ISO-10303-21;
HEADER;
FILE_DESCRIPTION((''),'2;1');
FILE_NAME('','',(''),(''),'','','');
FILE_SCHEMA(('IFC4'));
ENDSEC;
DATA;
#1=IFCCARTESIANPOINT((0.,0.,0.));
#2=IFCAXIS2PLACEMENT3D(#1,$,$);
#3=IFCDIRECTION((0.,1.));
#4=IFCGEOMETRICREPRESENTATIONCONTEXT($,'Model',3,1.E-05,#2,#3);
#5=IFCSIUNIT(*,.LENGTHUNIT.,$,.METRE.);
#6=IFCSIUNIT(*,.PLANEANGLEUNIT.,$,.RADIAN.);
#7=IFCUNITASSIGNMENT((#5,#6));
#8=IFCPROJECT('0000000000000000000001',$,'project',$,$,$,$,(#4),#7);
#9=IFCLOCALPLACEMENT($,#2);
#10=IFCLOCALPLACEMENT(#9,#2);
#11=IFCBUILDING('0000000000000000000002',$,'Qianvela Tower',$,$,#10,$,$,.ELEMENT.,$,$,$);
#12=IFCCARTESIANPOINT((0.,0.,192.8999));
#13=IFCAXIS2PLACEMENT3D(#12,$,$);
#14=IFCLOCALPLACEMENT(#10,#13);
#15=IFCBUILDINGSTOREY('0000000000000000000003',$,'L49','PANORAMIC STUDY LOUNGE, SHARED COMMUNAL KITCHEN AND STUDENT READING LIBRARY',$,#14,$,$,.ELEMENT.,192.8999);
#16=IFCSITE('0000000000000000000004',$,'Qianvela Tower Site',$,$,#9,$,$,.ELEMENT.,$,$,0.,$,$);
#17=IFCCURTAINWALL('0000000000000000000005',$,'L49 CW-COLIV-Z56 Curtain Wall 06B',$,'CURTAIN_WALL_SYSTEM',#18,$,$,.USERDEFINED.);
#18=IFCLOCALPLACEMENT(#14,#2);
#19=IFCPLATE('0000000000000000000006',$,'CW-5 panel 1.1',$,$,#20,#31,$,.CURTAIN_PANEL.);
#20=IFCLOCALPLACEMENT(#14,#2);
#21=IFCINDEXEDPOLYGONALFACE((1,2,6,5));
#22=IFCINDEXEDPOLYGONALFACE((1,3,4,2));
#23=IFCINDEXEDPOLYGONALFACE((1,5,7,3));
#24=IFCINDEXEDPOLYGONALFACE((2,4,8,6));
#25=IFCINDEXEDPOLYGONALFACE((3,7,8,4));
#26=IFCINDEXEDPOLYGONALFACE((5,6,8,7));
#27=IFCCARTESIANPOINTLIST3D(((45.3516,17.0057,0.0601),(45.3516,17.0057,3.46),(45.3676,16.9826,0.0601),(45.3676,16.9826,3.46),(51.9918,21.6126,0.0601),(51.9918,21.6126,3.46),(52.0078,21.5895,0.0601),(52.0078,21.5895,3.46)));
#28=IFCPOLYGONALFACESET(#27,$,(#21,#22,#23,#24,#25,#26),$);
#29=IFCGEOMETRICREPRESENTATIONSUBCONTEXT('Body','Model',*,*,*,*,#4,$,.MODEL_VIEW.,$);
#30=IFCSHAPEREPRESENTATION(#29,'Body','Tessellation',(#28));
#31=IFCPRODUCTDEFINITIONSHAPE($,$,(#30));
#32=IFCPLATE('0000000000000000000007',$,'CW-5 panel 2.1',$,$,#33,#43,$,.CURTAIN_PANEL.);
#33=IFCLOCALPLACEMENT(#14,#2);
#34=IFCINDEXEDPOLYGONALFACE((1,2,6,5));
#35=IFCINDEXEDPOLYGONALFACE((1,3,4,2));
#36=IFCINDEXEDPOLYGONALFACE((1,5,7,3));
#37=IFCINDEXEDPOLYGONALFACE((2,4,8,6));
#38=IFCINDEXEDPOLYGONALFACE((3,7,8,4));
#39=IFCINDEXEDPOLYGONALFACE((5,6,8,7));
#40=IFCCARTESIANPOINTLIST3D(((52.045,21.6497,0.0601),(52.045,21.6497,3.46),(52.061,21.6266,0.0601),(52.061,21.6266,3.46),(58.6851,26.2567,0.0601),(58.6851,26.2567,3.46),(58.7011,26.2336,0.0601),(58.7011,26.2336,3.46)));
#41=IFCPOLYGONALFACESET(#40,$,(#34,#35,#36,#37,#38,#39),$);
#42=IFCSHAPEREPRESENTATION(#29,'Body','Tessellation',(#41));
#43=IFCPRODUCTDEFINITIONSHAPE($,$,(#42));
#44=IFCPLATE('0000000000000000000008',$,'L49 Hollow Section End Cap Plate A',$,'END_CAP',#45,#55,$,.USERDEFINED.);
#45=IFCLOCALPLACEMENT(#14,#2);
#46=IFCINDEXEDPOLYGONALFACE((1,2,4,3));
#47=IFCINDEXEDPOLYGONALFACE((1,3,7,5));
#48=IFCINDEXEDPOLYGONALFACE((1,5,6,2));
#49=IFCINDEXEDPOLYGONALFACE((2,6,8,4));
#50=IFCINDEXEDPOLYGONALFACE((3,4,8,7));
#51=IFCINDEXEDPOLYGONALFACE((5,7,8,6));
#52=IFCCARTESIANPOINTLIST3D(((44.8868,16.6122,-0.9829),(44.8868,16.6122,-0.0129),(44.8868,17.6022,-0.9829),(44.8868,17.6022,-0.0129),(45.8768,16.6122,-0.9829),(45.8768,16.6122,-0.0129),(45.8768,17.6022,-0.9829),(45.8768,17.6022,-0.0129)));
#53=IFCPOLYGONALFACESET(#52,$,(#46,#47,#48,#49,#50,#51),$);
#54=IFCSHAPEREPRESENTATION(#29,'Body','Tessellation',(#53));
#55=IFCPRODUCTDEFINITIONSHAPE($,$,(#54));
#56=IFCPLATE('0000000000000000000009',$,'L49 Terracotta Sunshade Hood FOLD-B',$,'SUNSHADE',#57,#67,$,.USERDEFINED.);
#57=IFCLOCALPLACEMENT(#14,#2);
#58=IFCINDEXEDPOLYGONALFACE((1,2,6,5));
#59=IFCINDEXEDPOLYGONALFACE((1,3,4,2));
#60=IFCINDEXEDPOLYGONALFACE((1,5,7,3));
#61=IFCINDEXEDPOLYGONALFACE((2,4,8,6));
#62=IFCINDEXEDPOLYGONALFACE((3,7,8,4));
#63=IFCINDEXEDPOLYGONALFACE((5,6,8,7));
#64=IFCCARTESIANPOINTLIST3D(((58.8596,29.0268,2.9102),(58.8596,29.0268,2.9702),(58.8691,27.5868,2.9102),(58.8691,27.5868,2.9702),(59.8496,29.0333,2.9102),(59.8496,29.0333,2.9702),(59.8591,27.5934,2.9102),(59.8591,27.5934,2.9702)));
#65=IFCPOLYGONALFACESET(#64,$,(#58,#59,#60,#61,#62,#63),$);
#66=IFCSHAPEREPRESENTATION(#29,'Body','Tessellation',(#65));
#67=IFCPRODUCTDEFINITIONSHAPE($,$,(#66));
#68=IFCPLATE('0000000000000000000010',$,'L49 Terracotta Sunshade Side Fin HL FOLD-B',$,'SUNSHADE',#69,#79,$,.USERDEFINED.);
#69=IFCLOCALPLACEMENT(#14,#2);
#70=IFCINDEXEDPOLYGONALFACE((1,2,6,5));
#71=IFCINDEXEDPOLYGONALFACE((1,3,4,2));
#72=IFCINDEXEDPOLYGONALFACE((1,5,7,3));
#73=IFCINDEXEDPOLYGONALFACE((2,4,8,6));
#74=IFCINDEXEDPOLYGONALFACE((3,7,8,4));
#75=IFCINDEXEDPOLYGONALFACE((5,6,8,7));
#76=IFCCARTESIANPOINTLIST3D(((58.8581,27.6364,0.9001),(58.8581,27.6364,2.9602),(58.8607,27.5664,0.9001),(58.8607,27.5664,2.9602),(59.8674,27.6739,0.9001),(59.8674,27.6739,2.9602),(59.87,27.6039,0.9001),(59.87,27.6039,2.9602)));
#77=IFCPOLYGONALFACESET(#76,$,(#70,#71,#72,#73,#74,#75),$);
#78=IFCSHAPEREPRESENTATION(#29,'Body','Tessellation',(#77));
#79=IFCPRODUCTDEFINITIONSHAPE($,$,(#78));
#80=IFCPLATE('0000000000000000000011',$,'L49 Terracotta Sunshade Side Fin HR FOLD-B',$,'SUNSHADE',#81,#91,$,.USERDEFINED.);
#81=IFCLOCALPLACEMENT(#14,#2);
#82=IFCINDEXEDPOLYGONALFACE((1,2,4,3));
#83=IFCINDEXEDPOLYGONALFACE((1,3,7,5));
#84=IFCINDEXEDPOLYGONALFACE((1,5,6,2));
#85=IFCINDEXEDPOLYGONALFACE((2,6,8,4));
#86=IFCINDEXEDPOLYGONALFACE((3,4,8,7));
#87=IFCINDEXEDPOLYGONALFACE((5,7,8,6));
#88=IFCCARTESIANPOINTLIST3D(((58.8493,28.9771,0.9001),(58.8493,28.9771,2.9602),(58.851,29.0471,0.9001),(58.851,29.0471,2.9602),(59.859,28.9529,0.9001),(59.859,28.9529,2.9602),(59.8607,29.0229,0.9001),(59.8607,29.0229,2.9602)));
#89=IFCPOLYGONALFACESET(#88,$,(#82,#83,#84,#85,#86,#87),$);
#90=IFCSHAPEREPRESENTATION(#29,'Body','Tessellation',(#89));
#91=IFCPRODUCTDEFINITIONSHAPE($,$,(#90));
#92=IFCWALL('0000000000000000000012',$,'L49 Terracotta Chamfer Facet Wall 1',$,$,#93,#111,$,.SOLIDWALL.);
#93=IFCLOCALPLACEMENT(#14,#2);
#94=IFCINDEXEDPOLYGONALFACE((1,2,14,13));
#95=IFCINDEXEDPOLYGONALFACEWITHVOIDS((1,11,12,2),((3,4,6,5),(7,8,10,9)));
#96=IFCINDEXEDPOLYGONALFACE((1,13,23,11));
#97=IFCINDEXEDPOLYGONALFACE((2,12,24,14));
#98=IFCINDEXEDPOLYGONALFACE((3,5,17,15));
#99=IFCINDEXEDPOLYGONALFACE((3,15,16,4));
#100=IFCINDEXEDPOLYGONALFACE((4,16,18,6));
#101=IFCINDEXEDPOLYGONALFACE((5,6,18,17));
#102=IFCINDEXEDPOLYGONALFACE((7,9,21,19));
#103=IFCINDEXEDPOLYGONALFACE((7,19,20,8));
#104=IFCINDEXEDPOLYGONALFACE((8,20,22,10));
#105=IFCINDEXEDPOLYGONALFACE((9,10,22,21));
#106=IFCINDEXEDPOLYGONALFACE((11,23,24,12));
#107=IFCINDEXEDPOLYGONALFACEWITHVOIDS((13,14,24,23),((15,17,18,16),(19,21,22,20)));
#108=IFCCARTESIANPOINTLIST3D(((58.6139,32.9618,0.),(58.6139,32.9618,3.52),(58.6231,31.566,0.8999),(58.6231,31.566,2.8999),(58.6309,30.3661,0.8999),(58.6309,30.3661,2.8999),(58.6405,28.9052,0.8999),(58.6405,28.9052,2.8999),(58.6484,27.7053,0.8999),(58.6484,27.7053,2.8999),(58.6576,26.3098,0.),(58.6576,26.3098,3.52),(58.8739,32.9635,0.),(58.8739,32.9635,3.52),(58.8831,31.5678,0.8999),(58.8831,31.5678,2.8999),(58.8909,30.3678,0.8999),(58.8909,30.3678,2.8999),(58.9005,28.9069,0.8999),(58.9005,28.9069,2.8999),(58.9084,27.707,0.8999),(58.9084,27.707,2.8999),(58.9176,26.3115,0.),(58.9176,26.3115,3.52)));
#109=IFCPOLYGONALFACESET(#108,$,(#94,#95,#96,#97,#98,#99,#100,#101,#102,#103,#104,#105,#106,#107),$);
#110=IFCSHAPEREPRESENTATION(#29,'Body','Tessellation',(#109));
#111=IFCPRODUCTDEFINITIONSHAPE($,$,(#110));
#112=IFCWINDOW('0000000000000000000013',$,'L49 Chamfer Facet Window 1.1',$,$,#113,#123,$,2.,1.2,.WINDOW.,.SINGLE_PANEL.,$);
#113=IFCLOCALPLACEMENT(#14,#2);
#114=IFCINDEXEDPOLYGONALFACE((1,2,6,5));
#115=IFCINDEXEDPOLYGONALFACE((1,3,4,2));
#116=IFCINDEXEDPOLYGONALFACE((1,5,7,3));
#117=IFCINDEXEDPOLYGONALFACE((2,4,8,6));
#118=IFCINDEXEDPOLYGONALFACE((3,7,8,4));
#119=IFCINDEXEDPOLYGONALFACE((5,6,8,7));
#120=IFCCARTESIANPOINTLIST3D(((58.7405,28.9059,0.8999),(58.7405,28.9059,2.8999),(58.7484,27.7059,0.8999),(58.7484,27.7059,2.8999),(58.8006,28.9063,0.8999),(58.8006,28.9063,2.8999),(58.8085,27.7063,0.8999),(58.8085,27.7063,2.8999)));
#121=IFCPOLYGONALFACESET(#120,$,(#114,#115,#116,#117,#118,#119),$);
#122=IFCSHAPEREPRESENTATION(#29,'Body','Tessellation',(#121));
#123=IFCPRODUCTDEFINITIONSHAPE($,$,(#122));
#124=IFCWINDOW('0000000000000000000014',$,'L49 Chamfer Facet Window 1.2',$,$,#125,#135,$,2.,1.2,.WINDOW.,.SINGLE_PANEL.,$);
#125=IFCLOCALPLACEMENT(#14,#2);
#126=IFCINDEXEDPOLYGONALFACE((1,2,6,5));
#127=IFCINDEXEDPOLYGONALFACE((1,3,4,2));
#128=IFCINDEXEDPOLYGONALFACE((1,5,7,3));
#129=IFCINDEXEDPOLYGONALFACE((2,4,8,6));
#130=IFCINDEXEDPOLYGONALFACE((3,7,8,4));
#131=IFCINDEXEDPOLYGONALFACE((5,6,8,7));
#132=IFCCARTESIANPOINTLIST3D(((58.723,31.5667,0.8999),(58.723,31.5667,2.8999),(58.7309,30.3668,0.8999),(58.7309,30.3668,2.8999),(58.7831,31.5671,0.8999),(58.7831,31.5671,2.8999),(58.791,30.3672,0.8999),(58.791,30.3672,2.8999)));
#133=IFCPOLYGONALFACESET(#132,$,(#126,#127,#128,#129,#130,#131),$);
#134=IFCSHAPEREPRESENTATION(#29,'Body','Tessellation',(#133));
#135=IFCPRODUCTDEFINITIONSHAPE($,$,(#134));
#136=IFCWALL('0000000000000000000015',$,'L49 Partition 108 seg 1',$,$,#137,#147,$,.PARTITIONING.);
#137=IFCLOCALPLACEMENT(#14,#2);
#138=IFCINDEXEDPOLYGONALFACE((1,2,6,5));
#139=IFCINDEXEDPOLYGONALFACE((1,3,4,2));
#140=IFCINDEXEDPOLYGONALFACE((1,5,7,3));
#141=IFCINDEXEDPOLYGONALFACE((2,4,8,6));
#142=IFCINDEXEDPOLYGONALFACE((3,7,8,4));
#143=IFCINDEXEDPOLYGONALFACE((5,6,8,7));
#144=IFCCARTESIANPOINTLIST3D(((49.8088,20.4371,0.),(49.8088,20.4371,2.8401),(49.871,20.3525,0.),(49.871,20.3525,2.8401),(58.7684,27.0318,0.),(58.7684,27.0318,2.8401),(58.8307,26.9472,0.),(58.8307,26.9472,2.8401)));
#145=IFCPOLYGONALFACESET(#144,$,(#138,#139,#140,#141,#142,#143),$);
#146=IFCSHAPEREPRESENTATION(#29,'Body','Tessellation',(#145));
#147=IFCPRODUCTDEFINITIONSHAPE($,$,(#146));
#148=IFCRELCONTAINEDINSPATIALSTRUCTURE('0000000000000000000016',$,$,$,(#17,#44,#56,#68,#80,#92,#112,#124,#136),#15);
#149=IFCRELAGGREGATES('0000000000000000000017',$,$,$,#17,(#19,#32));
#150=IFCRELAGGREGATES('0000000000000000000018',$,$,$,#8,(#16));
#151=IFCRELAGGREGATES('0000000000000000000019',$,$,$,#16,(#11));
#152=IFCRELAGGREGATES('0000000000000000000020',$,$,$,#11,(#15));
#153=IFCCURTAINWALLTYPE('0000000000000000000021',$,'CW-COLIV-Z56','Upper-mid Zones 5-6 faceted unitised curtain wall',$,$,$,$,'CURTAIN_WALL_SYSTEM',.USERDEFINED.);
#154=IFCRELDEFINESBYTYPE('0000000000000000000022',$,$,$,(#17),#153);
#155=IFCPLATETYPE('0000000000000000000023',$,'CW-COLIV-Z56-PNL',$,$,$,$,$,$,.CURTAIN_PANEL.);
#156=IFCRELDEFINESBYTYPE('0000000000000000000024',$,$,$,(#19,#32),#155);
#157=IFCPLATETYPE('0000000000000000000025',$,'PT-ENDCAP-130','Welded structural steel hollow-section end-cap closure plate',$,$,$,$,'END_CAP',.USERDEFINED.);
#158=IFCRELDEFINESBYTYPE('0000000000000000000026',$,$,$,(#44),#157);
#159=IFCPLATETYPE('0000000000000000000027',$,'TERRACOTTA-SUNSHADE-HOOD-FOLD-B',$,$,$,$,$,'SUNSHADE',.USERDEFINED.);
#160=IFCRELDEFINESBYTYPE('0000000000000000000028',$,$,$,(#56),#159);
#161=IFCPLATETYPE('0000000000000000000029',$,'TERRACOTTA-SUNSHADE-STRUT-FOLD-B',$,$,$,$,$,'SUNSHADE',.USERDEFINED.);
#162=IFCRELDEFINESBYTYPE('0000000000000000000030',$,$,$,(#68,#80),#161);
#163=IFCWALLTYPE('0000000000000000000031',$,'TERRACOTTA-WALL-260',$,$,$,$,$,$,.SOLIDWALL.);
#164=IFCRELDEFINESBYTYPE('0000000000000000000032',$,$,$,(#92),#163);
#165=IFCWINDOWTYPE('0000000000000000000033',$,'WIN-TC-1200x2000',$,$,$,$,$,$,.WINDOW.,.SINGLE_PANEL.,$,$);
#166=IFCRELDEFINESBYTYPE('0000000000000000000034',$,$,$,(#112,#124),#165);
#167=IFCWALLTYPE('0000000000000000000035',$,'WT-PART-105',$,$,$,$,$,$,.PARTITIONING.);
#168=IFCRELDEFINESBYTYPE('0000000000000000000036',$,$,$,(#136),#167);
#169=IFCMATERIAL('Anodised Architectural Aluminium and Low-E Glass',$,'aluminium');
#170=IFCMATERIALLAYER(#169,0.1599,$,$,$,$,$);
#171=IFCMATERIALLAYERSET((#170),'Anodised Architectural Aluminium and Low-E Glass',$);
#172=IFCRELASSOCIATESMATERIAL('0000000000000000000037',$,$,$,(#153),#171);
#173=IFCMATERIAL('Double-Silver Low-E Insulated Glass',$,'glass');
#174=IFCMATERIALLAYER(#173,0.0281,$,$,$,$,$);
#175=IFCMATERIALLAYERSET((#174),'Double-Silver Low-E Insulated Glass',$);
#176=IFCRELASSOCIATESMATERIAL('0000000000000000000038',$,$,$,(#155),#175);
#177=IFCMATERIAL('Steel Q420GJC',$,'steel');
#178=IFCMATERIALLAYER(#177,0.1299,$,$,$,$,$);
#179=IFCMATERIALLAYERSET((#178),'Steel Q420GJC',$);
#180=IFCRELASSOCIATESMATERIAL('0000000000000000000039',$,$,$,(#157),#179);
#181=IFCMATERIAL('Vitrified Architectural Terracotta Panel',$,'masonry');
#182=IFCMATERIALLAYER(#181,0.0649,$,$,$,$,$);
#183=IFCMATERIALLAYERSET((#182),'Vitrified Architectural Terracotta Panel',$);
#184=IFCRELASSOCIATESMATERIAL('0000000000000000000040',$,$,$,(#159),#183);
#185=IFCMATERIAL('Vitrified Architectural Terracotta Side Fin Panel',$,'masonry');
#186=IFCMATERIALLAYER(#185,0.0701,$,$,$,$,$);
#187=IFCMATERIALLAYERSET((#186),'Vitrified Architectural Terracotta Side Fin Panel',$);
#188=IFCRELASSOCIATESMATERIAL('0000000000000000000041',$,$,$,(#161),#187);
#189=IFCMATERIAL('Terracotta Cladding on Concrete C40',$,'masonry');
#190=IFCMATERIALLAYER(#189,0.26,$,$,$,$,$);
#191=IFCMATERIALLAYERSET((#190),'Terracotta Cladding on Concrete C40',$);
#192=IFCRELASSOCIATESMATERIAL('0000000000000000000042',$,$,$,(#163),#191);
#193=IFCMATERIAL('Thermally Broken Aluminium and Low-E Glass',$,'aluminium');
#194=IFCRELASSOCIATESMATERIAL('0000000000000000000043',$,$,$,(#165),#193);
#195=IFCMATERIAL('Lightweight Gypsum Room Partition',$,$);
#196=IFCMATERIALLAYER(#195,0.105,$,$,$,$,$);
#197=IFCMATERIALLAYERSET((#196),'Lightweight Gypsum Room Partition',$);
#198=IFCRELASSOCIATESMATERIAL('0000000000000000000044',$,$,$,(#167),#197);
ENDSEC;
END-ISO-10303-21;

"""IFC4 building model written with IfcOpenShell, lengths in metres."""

from ifc_helpers import new_model, si_unit, direction, frame, frame_2d, origin, origin_2d, place, context, subcontext, project, spatial, rectangle, extrude, material, layer, layer_set, type_object, element, fill, aggregate, save


model = new_model("IFC4")

# Units and contexts
model_context = context("Model", 3, precision=1e-05, world=origin(), true_north=direction((0.0, 1.0)))
body_context = subcontext(model_context, "Body", "Model", "MODEL_VIEW")
ifc_project = project(units=[si_unit("LENGTHUNIT", "METRE"), si_unit("PLANEANGLEUNIT", "RADIAN")], contexts=[model_context])

# Site, building, storey
site_placement = place(None, origin())
site = spatial("IfcSite", under=ifc_project, at=site_placement, Name="Qianvela Tower Site", CompositionType="ELEMENT", RefElevation=0.0)
building_placement = place(site_placement, origin())
building = spatial("IfcBuilding", under=site, at=building_placement, Name="Qianvela Tower", CompositionType="ELEMENT")
storey_placement = place(building_placement, frame((0.0, 0.0, 192.8999)))
storey = spatial("IfcBuildingStorey", under=building, at=storey_placement, Name="L49", Description="PANORAMIC STUDY LOUNGE, SHARED COMMUNAL KITCHEN AND STUDENT READING LIBRARY", CompositionType="ELEMENT", Elevation=192.8999)

# Curtain wall
ifc_material_1 = material(Name="Anodised Architectural Aluminium and Low-E Glass", Category="aluminium")
ifc_layer_1 = layer(ifc_material_1, 0.1599)
ifc_layer_set_1 = layer_set([ifc_layer_1], Name="Anodised Architectural Aluminium and Low-E Glass")
curtain_wall_type_1 = type_object("IfcCurtainWallType", Name="CW-COLIV-Z56", Description="Upper-mid Zones 5-6 faceted unitised curtain wall", ElementType="CURTAIN_WALL_SYSTEM", PredefinedType="USERDEFINED", material=ifc_layer_set_1)
curtain_wall_1_placement = place(storey_placement, origin())
curtain_wall_1 = element("IfcCurtainWall", 1, at=curtain_wall_1_placement, inside=storey, type_object=curtain_wall_type_1, Name="L49 CW-COLIV-Z56 Curtain Wall 06B", ObjectType="CURTAIN_WALL_SYSTEM", PredefinedType="USERDEFINED")

# Plates
ifc_material_2 = material(Name="Double-Silver Low-E Insulated Glass", Category="glass")
ifc_layer_2 = layer(ifc_material_2, 0.0281)
ifc_layer_set_2 = layer_set([ifc_layer_2], Name="Double-Silver Low-E Insulated Glass")
plate_type_1 = type_object("IfcPlateType", Name="CW-COLIV-Z56-PNL", PredefinedType="CURTAIN_PANEL", material=ifc_layer_set_2)
plate_1_placement = place(storey_placement, frame((48.6797, 19.2976, 0.0601), z_axis=(0.0, 0.0, 1.0), x_axis=(0.821617, 0.570039, 0.0)))
plate_1 = element("IfcPlate", 2, at=plate_1_placement, type_object=plate_type_1, Name="CW-5 panel 1.1", PredefinedType="CURTAIN_PANEL", context=body_context, shape_type="SweptSolid", body=[
    extrude(rectangle(XDim=8.0818, YDim=0.0281, at=origin_2d()), origin(), (0.0, 0.0, 1.0), 3.3999),
])
plate_2_placement = place(storey_placement, frame((55.373, 23.9417, 0.0601), z_axis=(0.0, 0.0, 1.0), x_axis=(0.821617, 0.570039, 0.0)))
plate_2 = element("IfcPlate", 3, at=plate_2_placement, type_object=plate_type_1, Name="CW-5 panel 2.1", PredefinedType="CURTAIN_PANEL", context=body_context, shape_type="SweptSolid", body=[
    extrude(rectangle(XDim=8.0818, YDim=0.0281, at=origin_2d()), origin(), (0.0, 0.0, 1.0), 3.3999),
])
aggregate(curtain_wall_1, [plate_1, plate_2])

# Plates
ifc_material_3 = material(Name="Steel Q420GJC", Category="steel")
ifc_layer_3 = layer(ifc_material_3, 0.1299)
ifc_layer_set_3 = layer_set([ifc_layer_3], Name="Steel Q420GJC")
plate_type_2 = type_object("IfcPlateType", Name="PT-ENDCAP-130", Description="Welded structural steel hollow-section end-cap closure plate", ElementType="END_CAP", PredefinedType="USERDEFINED", material=ifc_layer_set_3)
plate_3_placement = place(storey_placement, frame((45.3818, 17.1072, -0.9829), z_axis=(0.0, 0.0, 1.0), x_axis=(1.0, 0.0, 0.0)))
element("IfcPlate", 4, at=plate_3_placement, inside=storey, type_object=plate_type_2, Name="L49 Hollow Section End Cap Plate A", ObjectType="END_CAP", PredefinedType="USERDEFINED", context=body_context, shape_type="SweptSolid", body=[
    extrude(rectangle(XDim=0.99, YDim=0.99, at=origin_2d()), origin(), (0.0, 0.0, 1.0), 0.97),
])
ifc_material_4 = material(Name="Vitrified Architectural Terracotta Panel", Category="masonry")
ifc_layer_4 = layer(ifc_material_4, 0.0649)
ifc_layer_set_4 = layer_set([ifc_layer_4], Name="Vitrified Architectural Terracotta Panel")
plate_type_3 = type_object("IfcPlateType", Name="TERRACOTTA-SUNSHADE-HOOD-FOLD-B", ElementType="SUNSHADE", PredefinedType="USERDEFINED", material=ifc_layer_set_4)
plate_4_placement = place(storey_placement, frame((59.3594, 28.3101, 2.9102), z_axis=(0.0, 0.0, 1.0), x_axis=(-0.006585, 0.999978, 0.0)))
element("IfcPlate", 5, at=plate_4_placement, inside=storey, type_object=plate_type_3, Name="L49 Terracotta Sunshade Hood FOLD-B", ObjectType="SUNSHADE", PredefinedType="USERDEFINED", context=body_context, shape_type="SweptSolid", body=[
    extrude(rectangle(XDim=1.4399, YDim=0.99, at=origin_2d()), origin(), (0.0, 0.0, 1.0), 0.0601),
])
ifc_material_5 = material(Name="Vitrified Architectural Terracotta Side Fin Panel", Category="masonry")
ifc_layer_5 = layer(ifc_material_5, 0.0701)
ifc_layer_set_5 = layer_set([ifc_layer_5], Name="Vitrified Architectural Terracotta Side Fin Panel")
plate_type_4 = type_object("IfcPlateType", Name="TERRACOTTA-SUNSHADE-STRUT-FOLD-B", ElementType="SUNSHADE", PredefinedType="USERDEFINED", material=ifc_layer_set_5)
for number, where, z_axis, x_axis, name in (
    (6, (59.364, 27.6201, 0.9001), (0.0, 0.0, 1.0), (-0.03712, 0.999311, 0.0), "L49 Terracotta Sunshade Side Fin HL FOLD-B"),
    (7, (59.355, 29.0, 0.9001), (0.0, 0.0, 1.0), (0.023956, 0.999713, 0.0), "L49 Terracotta Sunshade Side Fin HR FOLD-B"),
):
    element("IfcPlate", number, at=place(storey_placement, frame(where, z_axis=z_axis, x_axis=x_axis)), inside=storey, type_object=plate_type_4, Name=name, ObjectType="SUNSHADE", PredefinedType="USERDEFINED", context=body_context, shape_type="SweptSolid", body=[
        extrude(rectangle(XDim=0.0701, YDim=1.01, at=origin_2d()), origin(), (0.0, 0.0, 1.0), 2.0601),
    ])

# Wall, openings, windows
ifc_material_6 = material(Name="Terracotta Cladding on Concrete C40", Category="masonry")
ifc_layer_6 = layer(ifc_material_6, 0.26)
ifc_layer_set_6 = layer_set([ifc_layer_6], Name="Terracotta Cladding on Concrete C40")
wall_type_1 = type_object("IfcWallType", Name="TERRACOTTA-WALL-260", PredefinedType="SOLIDWALL", material=ifc_layer_set_6)
wall_1_placement = place(storey_placement, frame((58.7876, 26.3105, 0.0), z_axis=(0.0, 0.0, 1.0), x_axis=(-0.00657, 0.999978, 0.0)))
wall_1 = element("IfcWall", 8, at=wall_1_placement, inside=storey, type_object=wall_type_1, Name="L49 Terracotta Chamfer Facet Wall 1", PredefinedType="SOLIDWALL", context=body_context, shape_type="SweptSolid", body=[
    extrude(rectangle(XDim=6.6521, YDim=0.26, at=frame_2d((3.3262, 0.0))), origin(), (0.0, 0.0, 1.0), 3.52),
])
opening_1_placement = place(wall_1_placement, frame((1.3955, 0.0, 0.8999)))
opening_1 = element("IfcOpeningElement", 9, at=opening_1_placement, cuts=wall_1, PredefinedType="OPENING", context=body_context, shape_type="SweptSolid", body=[
    extrude(rectangle(XDim=1.2, YDim=2.0, at=frame_2d((0.6001, 1.0))), frame((0.0, 0.1399, 0.0), z_axis=(0.0, -1.0, 0.0), x_axis=(1.0, 0.0, 0.0)), (0.0, 0.0, 1.0), 0.28),
])
opening_2_placement = place(wall_1_placement, frame((4.0564, 0.0, 0.8999)))
opening_2 = element("IfcOpeningElement", 10, at=opening_2_placement, cuts=wall_1, PredefinedType="OPENING", context=body_context, shape_type="SweptSolid", body=[
    extrude(rectangle(XDim=1.2, YDim=2.0, at=frame_2d((0.6001, 1.0))), frame((0.0, 0.1399, 0.0), z_axis=(0.0, -1.0, 0.0), x_axis=(1.0, 0.0, 0.0)), (0.0, 0.0, 1.0), 0.28),
])
ifc_material_7 = material(Name="Thermally Broken Aluminium and Low-E Glass", Category="aluminium")
window_type = type_object("IfcWindowType", Name="WIN-TC-1200x2000", PartitioningType="SINGLE_PANEL", PredefinedType="WINDOW", material=ifc_material_7)
window_1_placement = place(opening_1_placement, origin())
window_1 = element("IfcWindow", 11, at=window_1_placement, inside=storey, type_object=window_type, Name="L49 Chamfer Facet Window 1.1", OverallHeight=2.0, OverallWidth=1.2, PartitioningType="SINGLE_PANEL", PredefinedType="WINDOW", context=body_context, shape_type="SweptSolid", body=[
    extrude(rectangle(XDim=1.2, YDim=2.0, at=frame_2d((0.6001, 1.0))), frame((0.0, 0.03, 0.0), z_axis=(0.0, -1.0, 0.0), x_axis=(1.0, 0.0, 0.0)), (0.0, 0.0, 1.0), 0.0601),
])
fill(opening_1, window_1)
window_2_placement = place(opening_2_placement, origin())
window_2 = element("IfcWindow", 12, at=window_2_placement, inside=storey, type_object=window_type, Name="L49 Chamfer Facet Window 1.2", OverallHeight=2.0, OverallWidth=1.2, PartitioningType="SINGLE_PANEL", PredefinedType="WINDOW", context=body_context, shape_type="SweptSolid", body=[
    extrude(rectangle(XDim=1.2, YDim=2.0, at=frame_2d((0.6001, 1.0))), frame((0.0, 0.03, 0.0), z_axis=(0.0, -1.0, 0.0), x_axis=(1.0, 0.0, 0.0)), (0.0, 0.0, 1.0), 0.0601),
])
fill(opening_2, window_2)

# Wall
ifc_material_8 = material(Name="Lightweight Gypsum Room Partition")
ifc_layer_7 = layer(ifc_material_8, 0.105)
ifc_layer_set_7 = layer_set([ifc_layer_7], Name="Lightweight Gypsum Room Partition")
wall_type_2 = type_object("IfcWallType", Name="WT-PART-105", PredefinedType="PARTITIONING", material=ifc_layer_set_7)
wall_2_placement = place(storey_placement, frame((58.7996, 26.9895, 0.0), z_axis=(0.0, 0.0, 1.0), x_axis=(-0.805364, -0.592781, 0.0)))
element("IfcWall", 13, at=wall_2_placement, inside=storey, type_object=wall_type_2, Name="L49 Partition 108 seg 1", PredefinedType="PARTITIONING", context=body_context, shape_type="SweptSolid", body=[
    extrude(rectangle(XDim=11.125, YDim=0.105, at=frame_2d((5.5625, 0.0))), origin(), (0.0, 0.0, 1.0), 2.8401),
])

save(model, "model.ifc")
